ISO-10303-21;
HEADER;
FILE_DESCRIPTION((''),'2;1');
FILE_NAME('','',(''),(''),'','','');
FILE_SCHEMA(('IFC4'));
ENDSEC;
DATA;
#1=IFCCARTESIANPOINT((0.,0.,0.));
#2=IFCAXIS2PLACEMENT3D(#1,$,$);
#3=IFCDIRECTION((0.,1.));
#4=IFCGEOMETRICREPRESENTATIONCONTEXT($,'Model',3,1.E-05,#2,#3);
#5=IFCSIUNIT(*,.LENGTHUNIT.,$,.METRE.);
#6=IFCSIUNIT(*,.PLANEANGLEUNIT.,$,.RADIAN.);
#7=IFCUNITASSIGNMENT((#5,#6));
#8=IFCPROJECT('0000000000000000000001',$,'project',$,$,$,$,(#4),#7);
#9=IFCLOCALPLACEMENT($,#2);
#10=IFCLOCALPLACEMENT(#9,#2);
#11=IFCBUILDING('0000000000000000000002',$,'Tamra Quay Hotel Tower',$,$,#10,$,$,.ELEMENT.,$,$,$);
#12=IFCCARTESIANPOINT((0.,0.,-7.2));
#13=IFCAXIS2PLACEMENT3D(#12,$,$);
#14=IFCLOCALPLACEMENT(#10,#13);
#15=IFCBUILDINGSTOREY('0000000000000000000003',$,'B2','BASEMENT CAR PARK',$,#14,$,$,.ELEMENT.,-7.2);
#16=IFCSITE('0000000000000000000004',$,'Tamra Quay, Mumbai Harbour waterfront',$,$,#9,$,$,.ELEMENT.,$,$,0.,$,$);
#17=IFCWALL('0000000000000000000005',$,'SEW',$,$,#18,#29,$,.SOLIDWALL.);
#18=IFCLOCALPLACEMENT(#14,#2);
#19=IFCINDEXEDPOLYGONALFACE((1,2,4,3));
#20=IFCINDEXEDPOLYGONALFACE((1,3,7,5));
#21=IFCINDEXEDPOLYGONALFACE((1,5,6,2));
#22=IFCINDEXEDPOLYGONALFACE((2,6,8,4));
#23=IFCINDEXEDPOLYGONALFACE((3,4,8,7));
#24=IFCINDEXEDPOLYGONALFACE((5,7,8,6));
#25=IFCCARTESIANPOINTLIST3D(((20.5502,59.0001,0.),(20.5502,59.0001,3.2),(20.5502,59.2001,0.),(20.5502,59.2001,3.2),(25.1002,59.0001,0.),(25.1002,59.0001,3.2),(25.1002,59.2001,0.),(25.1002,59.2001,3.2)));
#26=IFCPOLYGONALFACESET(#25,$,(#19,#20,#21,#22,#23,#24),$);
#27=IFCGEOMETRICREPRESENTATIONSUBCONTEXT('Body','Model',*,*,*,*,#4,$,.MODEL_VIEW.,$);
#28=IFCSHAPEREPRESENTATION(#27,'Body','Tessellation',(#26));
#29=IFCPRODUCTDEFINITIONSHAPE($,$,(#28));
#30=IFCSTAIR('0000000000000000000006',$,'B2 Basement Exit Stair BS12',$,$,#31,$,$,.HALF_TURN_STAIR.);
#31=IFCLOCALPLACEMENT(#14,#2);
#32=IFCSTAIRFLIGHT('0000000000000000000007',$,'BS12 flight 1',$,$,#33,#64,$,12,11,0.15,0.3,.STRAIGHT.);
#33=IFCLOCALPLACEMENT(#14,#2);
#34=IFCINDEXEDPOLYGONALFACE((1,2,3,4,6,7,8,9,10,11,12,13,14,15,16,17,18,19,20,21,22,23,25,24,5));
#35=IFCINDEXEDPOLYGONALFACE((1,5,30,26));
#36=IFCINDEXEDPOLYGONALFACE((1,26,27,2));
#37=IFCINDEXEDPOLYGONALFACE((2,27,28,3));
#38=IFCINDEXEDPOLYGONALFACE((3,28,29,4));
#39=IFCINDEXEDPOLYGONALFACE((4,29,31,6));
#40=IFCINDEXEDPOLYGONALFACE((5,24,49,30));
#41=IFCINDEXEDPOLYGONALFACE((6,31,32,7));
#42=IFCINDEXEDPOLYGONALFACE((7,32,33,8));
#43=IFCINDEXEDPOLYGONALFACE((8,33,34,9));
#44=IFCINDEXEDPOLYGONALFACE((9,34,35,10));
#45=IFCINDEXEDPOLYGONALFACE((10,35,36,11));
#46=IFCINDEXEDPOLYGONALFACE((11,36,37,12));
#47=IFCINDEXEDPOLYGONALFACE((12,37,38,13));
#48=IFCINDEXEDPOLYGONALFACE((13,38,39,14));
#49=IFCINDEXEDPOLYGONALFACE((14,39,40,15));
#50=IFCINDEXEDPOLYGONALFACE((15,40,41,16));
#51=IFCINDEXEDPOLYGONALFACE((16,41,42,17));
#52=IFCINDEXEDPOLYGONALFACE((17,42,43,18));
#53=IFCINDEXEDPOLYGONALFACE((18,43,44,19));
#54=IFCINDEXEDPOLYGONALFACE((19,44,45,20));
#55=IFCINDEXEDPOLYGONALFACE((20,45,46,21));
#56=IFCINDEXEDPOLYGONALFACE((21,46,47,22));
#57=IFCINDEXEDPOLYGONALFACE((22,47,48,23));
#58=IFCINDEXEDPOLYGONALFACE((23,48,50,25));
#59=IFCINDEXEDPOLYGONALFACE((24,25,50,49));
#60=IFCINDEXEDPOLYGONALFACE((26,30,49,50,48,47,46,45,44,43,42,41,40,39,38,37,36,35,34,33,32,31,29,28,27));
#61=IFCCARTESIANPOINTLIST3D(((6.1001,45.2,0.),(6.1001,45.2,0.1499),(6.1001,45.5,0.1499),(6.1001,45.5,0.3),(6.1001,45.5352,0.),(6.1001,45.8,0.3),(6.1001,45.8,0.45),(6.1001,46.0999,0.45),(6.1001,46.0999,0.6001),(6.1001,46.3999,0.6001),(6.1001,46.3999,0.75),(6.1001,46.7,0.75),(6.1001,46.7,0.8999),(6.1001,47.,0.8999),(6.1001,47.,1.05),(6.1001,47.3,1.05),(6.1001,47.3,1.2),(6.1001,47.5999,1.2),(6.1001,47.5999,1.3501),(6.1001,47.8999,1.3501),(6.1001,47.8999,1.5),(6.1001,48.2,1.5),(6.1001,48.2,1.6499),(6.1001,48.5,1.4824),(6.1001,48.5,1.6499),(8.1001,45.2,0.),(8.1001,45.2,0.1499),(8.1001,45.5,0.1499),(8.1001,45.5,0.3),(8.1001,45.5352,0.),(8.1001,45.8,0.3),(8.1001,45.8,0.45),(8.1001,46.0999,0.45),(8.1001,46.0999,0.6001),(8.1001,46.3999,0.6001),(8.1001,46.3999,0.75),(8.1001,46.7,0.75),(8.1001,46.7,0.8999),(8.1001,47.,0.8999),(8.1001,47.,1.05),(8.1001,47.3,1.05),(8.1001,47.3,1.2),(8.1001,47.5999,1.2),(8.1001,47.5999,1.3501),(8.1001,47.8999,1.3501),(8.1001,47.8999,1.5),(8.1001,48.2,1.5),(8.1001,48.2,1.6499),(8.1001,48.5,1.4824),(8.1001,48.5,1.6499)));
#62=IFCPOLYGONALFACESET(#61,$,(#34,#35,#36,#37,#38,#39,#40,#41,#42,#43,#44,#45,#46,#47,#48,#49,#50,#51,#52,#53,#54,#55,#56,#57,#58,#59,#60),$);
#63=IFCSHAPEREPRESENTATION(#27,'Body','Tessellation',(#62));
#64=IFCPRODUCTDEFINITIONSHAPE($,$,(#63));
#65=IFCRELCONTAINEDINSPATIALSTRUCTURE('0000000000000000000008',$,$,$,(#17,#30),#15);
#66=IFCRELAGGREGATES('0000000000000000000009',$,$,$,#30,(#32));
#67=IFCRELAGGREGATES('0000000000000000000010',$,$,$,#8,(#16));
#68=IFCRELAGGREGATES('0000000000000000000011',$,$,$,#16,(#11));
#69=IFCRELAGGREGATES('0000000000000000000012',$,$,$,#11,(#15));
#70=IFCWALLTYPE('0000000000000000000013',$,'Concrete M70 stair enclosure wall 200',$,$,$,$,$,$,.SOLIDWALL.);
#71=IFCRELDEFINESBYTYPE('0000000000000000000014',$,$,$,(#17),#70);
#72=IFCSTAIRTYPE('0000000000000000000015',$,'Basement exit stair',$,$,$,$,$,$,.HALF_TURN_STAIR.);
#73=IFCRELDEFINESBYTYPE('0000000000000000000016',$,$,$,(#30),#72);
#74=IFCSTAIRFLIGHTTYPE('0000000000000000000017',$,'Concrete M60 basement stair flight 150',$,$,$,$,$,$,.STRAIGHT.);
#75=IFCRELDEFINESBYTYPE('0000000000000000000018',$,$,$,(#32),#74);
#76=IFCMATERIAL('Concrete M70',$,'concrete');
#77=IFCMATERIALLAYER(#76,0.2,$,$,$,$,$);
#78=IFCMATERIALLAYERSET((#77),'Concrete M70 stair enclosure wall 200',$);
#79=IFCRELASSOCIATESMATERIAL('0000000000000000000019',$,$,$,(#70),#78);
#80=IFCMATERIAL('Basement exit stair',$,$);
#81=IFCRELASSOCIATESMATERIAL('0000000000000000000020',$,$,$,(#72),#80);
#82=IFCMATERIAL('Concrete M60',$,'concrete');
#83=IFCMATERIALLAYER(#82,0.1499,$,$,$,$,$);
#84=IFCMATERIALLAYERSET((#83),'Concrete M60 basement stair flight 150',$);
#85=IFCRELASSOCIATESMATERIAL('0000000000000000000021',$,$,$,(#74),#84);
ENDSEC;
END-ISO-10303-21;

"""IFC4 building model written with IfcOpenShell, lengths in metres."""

from ifc_helpers import new_model, si_unit, direction, frame, frame_2d, origin, place, context, subcontext, project, spatial, polyline, rectangle, outline, extrude, material, layer, layer_set, type_object, element, aggregate, save


model = new_model("IFC4")

# Units and contexts
model_context = context("Model", 3, precision=1e-05, world=origin(), true_north=direction((0.0, 1.0)))
body_context = subcontext(model_context, "Body", "Model", "MODEL_VIEW")
ifc_project = project(units=[si_unit("LENGTHUNIT", "METRE"), si_unit("PLANEANGLEUNIT", "RADIAN")], contexts=[model_context])

# Site, building, storey
site_placement = place(None, origin())
site = spatial("IfcSite", under=ifc_project, at=site_placement, Name="Tamra Quay, Mumbai Harbour waterfront", CompositionType="ELEMENT", RefElevation=0.0)
building_placement = place(site_placement, origin())
building = spatial("IfcBuilding", under=site, at=building_placement, Name="Tamra Quay Hotel Tower", CompositionType="ELEMENT")
storey_placement = place(building_placement, frame((0.0, 0.0, -7.2)))
storey = spatial("IfcBuildingStorey", under=building, at=storey_placement, Name="B2", Description="BASEMENT CAR PARK", CompositionType="ELEMENT", Elevation=-7.2)

# Shared definitions
ifc_material_1 = material(Name="Concrete M70", Category="concrete")

# Shared definitions
ifc_layer_1 = layer(ifc_material_1, 0.2)
ifc_layer_set_1 = layer_set([ifc_layer_1], Name="Concrete M70 stair enclosure wall 200")
wall_type_1 = type_object("IfcWallType", Name="Concrete M70 stair enclosure wall 200", PredefinedType="SOLIDWALL", material=ifc_layer_set_1)

# Wall
for number, where, z_axis, x_axis, name in (
    (1, (25.1001, 59.1001, 0.0), (0.0, 0.0, 1.0), (-1.0, 0.0, 0.0), "SEW"),
):
    element("IfcWall", number, at=place(storey_placement, frame(where, z_axis=z_axis, x_axis=x_axis)), inside=storey, type_object=wall_type_1, Name=name, PredefinedType="SOLIDWALL", context=body_context, shape_type="SweptSolid", body=[
        extrude(rectangle(XDim=4.55, YDim=0.2, at=frame_2d((2.2749, 0.0))), origin(), (0.0, 0.0, 1.0), 3.2),
    ])

# Stair, stair flight
ifc_material_2 = material(Name="Basement exit stair")
stair_type = type_object("IfcStairType", Name="Basement exit stair", PredefinedType="HALF_TURN_STAIR", material=ifc_material_2)
stair_placement = place(storey_placement, origin())
stair = element("IfcStair", 2, at=stair_placement, inside=storey, type_object=stair_type, Name="B2 Basement Exit Stair BS12", PredefinedType="HALF_TURN_STAIR")
ifc_material_3 = material(Name="Concrete M60", Category="concrete")
ifc_layer_2 = layer(ifc_material_3, 0.1499)
ifc_layer_set_2 = layer_set([ifc_layer_2], Name="Concrete M60 basement stair flight 150")
stair_flight_type = type_object("IfcStairFlightType", Name="Concrete M60 basement stair flight 150", PredefinedType="STRAIGHT", material=ifc_layer_set_2)
stair_flight_placement = place(storey_placement, frame((7.1001, 45.2, 0.0), z_axis=(0.0, 0.0, 1.0), x_axis=(0.0, 1.0, 0.0)))
stair_flight = element("IfcStairFlight", 3, at=stair_flight_placement, type_object=stair_flight_type, Name="BS12 flight 1", NumberOfRisers=12, NumberOfTreads=11, PredefinedType="STRAIGHT", RiserHeight=0.15, TreadLength=0.3, context=body_context, shape_type="SweptSolid", body=[
    extrude(outline(polyline([(0.0, 0.0), (0.0, 0.1499), (0.3, 0.1499), (0.3, 0.3), (0.6001, 0.3), (0.6001, 0.45), (0.8999, 0.45), (0.8999, 0.6001), (1.2, 0.6001), (1.2, 0.75), (1.5, 0.75), (1.5, 0.8999), (1.8, 0.8999), (1.8, 1.05), (2.1001, 1.05), (2.1001, 1.2), (2.3999, 1.2), (2.3999, 1.3501), (2.7, 1.3501), (2.7, 1.5), (3.0, 1.5), (3.0, 1.6499), (3.3, 1.6499), (3.3, 1.8), (3.3, 1.4824), (0.3352, 0.0), (0.0, 0.0)])), frame((0.0, 1.0, 0.0), z_axis=(0.0, -1.0, 0.0), x_axis=(1.0, 0.0, 0.0)), (0.0, 0.0, 1.0), 2.0),
])
aggregate(stair, [stair_flight])

save(model, "model.ifc")
